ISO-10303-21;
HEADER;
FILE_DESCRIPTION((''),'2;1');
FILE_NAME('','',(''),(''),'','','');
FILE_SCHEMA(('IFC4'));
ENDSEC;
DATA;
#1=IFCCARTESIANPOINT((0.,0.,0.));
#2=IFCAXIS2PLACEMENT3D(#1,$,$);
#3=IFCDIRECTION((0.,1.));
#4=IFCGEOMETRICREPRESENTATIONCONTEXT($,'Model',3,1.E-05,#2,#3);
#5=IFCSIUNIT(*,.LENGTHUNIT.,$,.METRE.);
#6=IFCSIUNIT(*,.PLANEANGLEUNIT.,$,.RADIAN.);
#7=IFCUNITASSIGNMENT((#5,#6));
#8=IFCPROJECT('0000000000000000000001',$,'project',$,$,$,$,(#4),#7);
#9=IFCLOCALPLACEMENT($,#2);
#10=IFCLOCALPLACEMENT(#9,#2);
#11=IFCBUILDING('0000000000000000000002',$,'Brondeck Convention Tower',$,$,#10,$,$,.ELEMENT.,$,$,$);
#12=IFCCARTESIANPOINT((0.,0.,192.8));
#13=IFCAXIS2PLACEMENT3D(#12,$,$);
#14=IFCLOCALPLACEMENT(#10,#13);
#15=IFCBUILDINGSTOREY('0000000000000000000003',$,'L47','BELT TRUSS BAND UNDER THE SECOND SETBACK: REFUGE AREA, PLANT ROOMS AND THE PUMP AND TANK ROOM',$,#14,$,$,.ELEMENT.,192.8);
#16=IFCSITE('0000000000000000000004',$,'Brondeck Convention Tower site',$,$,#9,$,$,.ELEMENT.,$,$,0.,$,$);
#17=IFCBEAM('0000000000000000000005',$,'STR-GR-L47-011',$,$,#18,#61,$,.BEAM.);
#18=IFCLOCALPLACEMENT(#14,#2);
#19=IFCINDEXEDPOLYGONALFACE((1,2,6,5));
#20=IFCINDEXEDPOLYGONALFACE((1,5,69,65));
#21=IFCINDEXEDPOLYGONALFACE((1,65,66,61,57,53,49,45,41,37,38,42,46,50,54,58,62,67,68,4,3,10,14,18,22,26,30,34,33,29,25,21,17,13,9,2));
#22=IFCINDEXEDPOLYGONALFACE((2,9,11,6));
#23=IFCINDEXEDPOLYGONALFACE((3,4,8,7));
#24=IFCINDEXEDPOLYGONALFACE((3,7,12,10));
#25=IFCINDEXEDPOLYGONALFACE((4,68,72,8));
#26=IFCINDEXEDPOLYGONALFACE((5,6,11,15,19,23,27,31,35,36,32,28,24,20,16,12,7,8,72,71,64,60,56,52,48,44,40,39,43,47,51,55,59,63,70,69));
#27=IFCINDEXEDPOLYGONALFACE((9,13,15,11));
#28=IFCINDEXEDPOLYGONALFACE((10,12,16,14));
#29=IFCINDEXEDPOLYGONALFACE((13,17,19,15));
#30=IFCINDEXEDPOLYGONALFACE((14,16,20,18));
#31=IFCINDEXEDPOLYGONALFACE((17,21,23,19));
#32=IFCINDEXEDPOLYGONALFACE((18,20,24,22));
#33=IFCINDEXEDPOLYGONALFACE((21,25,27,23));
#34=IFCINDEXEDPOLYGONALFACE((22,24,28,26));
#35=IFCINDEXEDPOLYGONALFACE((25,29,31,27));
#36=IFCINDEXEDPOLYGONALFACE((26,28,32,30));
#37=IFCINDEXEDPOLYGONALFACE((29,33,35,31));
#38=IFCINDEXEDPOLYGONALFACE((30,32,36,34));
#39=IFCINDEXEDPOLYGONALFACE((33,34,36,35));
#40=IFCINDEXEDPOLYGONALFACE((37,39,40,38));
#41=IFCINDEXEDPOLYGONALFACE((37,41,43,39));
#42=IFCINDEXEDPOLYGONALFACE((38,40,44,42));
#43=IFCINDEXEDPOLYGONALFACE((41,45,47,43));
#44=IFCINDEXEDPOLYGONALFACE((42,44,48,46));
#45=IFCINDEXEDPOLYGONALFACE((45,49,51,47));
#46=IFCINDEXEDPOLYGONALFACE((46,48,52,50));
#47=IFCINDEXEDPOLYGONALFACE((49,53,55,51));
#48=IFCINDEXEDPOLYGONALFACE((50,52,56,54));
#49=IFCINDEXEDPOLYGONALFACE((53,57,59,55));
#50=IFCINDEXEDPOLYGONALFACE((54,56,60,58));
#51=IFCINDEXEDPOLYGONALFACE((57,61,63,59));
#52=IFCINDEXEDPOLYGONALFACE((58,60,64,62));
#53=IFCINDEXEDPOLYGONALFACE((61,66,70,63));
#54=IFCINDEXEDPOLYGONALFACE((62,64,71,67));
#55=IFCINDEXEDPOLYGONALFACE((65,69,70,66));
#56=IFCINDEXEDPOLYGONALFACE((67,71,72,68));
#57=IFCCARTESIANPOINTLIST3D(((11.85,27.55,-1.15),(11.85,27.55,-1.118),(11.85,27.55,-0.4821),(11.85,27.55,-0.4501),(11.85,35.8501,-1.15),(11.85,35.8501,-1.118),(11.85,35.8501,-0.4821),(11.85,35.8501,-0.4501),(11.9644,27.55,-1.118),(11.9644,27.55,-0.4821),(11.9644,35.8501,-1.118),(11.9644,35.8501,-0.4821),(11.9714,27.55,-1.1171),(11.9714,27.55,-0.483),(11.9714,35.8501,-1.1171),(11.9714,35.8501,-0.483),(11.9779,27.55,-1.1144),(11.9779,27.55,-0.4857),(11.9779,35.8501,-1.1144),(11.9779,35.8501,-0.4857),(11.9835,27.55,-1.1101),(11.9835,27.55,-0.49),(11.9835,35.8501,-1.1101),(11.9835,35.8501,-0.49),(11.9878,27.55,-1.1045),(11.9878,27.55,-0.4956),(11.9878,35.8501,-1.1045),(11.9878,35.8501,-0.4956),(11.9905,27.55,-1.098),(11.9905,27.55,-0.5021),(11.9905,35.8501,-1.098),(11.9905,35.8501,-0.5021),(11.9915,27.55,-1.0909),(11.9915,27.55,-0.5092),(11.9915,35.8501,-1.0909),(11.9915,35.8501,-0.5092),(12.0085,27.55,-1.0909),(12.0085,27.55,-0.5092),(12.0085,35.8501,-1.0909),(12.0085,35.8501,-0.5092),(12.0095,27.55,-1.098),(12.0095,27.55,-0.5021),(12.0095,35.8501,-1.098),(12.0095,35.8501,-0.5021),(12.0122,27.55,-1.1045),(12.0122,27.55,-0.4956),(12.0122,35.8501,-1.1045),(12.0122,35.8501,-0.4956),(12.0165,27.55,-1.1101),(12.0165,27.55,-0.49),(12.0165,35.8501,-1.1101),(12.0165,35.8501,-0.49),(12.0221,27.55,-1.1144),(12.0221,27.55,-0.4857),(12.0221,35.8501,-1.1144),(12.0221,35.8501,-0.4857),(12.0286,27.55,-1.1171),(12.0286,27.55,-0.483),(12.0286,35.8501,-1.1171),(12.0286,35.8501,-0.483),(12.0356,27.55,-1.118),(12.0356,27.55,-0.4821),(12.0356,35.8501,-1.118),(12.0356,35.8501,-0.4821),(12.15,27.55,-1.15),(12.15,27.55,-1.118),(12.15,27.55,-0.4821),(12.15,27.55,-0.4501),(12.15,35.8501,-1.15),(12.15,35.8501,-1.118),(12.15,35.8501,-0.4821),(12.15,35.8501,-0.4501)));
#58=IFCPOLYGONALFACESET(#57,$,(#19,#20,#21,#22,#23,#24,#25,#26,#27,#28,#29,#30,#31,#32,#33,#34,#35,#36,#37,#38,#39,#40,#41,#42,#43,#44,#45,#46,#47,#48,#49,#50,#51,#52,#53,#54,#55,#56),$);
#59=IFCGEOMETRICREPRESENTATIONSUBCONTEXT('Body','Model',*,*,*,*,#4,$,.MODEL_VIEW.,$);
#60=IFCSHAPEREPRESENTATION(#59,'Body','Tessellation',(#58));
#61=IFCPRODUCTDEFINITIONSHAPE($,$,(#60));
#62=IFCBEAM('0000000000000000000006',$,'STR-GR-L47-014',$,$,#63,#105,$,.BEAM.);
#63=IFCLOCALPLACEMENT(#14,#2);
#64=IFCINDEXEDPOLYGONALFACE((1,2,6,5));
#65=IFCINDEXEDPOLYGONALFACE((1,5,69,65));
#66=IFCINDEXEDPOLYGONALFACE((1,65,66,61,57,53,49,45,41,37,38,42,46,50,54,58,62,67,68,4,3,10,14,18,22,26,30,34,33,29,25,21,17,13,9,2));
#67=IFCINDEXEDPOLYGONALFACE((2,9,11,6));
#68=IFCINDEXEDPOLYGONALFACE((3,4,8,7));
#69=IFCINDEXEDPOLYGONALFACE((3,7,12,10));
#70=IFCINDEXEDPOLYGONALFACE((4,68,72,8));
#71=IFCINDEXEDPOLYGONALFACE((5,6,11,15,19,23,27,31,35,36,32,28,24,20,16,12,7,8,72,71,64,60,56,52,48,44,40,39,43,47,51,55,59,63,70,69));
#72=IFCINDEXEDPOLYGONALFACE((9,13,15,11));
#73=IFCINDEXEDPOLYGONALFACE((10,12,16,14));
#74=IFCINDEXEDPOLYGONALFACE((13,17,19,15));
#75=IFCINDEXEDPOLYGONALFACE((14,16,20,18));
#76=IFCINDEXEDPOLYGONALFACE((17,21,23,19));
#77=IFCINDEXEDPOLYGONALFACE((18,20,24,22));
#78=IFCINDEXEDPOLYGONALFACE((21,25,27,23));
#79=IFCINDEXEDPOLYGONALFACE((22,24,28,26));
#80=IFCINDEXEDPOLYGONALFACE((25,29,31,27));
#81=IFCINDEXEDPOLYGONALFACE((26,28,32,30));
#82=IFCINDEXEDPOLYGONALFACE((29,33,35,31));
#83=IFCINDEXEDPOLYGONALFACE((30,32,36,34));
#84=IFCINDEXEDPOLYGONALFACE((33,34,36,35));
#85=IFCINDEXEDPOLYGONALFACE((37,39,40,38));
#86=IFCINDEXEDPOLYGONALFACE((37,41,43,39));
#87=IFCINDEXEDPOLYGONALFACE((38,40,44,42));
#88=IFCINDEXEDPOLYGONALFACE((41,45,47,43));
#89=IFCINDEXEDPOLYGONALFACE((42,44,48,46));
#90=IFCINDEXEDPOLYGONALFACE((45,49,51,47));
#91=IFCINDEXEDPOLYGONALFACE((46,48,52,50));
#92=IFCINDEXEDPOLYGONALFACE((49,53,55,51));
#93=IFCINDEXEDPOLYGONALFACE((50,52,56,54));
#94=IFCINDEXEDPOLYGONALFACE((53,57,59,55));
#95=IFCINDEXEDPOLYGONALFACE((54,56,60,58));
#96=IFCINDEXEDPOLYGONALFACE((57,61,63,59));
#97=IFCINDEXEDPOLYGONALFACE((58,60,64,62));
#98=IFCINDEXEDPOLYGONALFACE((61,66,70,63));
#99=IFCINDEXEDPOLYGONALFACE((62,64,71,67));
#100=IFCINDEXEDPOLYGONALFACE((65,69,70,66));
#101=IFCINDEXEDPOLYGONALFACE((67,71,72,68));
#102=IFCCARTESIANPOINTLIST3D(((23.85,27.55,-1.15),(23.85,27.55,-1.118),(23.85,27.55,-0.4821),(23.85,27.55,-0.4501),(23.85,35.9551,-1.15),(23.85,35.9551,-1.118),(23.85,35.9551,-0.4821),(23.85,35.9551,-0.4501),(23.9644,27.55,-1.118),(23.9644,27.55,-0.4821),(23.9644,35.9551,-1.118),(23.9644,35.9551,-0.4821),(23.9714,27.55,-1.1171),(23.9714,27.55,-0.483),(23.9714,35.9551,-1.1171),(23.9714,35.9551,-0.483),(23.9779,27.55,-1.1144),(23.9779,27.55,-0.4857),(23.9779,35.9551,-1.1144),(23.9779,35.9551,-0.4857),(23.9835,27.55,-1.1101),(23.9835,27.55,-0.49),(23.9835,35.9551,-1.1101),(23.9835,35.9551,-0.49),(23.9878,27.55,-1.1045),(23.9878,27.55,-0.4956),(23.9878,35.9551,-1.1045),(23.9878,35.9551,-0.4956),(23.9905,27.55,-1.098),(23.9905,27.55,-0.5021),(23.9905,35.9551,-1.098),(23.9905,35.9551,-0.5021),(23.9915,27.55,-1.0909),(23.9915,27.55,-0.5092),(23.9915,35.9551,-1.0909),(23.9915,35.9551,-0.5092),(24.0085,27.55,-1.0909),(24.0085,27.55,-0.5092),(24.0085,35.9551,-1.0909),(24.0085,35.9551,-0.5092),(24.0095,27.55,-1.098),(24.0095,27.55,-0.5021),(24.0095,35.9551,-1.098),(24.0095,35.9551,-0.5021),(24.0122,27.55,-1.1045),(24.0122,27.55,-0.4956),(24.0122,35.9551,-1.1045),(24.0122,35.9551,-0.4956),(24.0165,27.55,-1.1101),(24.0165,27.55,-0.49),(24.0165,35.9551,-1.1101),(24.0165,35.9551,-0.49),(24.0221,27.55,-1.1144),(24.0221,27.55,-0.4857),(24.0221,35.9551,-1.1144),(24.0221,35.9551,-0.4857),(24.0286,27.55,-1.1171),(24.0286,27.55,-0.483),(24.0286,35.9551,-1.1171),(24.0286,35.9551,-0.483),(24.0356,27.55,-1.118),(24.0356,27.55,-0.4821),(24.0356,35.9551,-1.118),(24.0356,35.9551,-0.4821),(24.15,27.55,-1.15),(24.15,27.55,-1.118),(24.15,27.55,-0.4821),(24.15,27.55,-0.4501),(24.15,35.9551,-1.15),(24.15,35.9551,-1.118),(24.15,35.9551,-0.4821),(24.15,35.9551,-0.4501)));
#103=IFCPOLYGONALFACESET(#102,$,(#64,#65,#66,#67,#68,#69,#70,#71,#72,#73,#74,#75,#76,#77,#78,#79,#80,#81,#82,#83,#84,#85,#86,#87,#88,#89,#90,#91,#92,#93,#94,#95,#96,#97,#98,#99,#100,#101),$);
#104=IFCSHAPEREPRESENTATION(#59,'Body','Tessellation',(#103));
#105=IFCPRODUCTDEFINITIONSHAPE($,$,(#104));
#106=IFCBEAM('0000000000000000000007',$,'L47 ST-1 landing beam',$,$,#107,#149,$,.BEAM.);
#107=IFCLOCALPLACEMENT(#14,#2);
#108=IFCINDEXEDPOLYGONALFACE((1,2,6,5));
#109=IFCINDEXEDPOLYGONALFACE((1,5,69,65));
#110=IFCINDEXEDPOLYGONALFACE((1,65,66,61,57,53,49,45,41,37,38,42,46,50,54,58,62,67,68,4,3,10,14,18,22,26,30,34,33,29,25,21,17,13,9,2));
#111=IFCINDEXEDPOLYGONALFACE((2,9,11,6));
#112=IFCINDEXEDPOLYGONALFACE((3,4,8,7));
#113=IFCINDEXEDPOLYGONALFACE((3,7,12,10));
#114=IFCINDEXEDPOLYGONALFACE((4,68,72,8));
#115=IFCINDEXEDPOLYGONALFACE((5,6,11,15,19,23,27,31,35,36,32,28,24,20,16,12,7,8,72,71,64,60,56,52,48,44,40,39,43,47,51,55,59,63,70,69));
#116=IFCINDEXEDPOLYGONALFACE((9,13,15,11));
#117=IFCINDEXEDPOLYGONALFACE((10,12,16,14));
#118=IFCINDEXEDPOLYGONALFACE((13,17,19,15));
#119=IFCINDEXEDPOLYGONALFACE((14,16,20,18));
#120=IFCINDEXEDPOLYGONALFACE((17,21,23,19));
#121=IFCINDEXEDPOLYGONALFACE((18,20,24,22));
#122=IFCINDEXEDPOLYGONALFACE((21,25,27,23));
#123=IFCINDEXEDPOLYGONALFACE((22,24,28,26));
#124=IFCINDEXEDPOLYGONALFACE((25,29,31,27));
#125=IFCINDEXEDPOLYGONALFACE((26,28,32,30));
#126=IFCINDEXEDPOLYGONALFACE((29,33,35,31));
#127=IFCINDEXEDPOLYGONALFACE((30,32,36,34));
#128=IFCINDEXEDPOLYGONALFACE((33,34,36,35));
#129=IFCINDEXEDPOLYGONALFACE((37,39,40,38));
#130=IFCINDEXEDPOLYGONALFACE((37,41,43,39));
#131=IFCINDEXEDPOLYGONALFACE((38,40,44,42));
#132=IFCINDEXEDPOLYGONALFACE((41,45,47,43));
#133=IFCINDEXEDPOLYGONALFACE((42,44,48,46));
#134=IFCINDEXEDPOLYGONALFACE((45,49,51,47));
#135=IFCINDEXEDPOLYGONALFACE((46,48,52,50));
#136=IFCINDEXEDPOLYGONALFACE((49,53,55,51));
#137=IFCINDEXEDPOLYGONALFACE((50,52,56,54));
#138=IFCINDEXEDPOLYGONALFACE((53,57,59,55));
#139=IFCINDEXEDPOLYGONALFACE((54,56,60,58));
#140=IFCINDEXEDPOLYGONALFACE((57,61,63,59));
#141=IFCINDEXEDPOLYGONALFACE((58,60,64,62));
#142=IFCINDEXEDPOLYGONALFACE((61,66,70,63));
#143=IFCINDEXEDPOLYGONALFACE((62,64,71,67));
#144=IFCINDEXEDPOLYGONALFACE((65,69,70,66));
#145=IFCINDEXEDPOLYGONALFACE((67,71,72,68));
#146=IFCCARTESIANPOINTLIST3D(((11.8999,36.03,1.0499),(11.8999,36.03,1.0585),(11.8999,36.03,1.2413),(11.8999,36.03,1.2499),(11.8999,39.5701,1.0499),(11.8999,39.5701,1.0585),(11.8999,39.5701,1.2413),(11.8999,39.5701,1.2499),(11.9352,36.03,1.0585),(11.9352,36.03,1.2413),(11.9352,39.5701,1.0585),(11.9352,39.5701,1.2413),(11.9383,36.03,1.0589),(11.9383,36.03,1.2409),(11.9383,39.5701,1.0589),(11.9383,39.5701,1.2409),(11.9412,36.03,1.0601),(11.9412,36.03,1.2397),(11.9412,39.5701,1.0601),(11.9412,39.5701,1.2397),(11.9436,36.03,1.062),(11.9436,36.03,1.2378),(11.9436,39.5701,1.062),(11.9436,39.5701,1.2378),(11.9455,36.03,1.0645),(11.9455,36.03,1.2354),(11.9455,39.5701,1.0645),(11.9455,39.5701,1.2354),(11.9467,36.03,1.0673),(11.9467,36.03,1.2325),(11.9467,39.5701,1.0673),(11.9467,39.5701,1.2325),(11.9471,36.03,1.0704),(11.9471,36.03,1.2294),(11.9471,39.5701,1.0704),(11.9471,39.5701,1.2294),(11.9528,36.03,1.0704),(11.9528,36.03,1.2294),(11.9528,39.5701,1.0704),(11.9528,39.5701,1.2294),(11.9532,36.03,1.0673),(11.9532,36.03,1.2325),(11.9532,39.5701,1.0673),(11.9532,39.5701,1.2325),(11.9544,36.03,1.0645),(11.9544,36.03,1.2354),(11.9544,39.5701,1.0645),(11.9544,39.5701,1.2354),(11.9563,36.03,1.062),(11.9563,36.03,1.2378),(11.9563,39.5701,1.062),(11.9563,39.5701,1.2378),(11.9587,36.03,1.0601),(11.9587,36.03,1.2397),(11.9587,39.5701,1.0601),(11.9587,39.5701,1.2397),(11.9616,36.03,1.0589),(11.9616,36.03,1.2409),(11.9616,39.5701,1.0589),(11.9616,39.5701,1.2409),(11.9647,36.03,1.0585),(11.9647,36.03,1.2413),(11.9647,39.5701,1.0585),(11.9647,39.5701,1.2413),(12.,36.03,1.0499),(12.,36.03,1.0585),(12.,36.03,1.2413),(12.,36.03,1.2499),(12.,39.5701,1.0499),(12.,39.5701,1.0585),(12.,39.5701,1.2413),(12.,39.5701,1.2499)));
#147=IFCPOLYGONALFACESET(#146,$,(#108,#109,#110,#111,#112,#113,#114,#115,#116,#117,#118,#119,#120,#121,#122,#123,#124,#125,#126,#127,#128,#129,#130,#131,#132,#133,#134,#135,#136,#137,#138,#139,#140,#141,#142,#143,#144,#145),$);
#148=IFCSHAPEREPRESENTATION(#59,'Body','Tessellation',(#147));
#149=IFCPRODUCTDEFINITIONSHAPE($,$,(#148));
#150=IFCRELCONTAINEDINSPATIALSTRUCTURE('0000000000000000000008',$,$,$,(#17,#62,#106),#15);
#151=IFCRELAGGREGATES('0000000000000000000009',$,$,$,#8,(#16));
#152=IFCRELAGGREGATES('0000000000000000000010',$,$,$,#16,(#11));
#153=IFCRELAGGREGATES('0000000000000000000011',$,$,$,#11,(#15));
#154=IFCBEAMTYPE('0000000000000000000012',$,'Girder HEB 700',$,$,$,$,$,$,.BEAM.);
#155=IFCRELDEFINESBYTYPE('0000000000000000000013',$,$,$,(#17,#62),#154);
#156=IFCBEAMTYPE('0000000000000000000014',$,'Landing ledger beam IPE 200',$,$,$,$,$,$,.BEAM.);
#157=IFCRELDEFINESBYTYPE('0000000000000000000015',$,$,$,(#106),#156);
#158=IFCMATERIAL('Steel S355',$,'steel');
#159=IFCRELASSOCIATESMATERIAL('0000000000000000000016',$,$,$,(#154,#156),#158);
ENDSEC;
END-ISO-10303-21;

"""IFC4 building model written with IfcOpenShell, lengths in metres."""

from ifc_helpers import new_model, si_unit, direction, frame, origin, origin_2d, place, context, subcontext, project, spatial, i_section, extrude, material, material_profile, profile_set, type_object, element, save


model = new_model("IFC4")

# Units and contexts
model_context = context("Model", 3, precision=1e-05, world=origin(), true_north=direction((0.0, 1.0)))
body_context = subcontext(model_context, "Body", "Model", "MODEL_VIEW")
ifc_project = project(units=[si_unit("LENGTHUNIT", "METRE"), si_unit("PLANEANGLEUNIT", "RADIAN")], contexts=[model_context])

# Site, building, storey
site_placement = place(None, origin())
site = spatial("IfcSite", under=ifc_project, at=site_placement, Name="Brondeck Convention Tower site", CompositionType="ELEMENT", RefElevation=0.0)
building_placement = place(site_placement, origin())
building = spatial("IfcBuilding", under=site, at=building_placement, Name="Brondeck Convention Tower", CompositionType="ELEMENT")
storey_placement = place(building_placement, frame((0.0, 0.0, 192.8)))
storey = spatial("IfcBuildingStorey", under=building, at=storey_placement, Name="L47", Description="BELT TRUSS BAND UNDER THE SECOND SETBACK: REFUGE AREA, PLANT ROOMS AND THE PUMP AND TANK ROOM", CompositionType="ELEMENT", Elevation=192.8)

# Beams
ifc_material_1 = material(Name="Steel S355", Category="steel")
ifc_material_profile_1 = material_profile(ifc_material_1, i_section(OverallWidth=0.3, OverallDepth=0.7, WebThickness=0.0171, FlangeThickness=0.032, FilletRadius=0.0271, at=origin_2d()), Name="HEB 700")
ifc_profile_set_1 = profile_set([ifc_material_profile_1], Name="Steel S355")
beam_type_1 = type_object("IfcBeamType", Name="Girder HEB 700", PredefinedType="BEAM", material=ifc_profile_set_1)
beam_1_placement = place(storey_placement, frame((12.0, 35.8501, -0.8), z_axis=(0.0, -1.0, 0.0), x_axis=(1.0, 0.0, 0.0)))
element("IfcBeam", 1, at=beam_1_placement, inside=storey, type_object=beam_type_1, Name="STR-GR-L47-011", PredefinedType="BEAM", context=body_context, shape_type="SweptSolid", body=[
    extrude(i_section(OverallWidth=0.3, OverallDepth=0.7, WebThickness=0.0171, FlangeThickness=0.032, FilletRadius=0.0271, at=origin_2d()), origin(), (0.0, 0.0, 1.0), 8.3),
])
beam_2_placement = place(storey_placement, frame((24.0, 35.9551, -0.8), z_axis=(0.0, -1.0, 0.0), x_axis=(1.0, 0.0, 0.0)))
element("IfcBeam", 2, at=beam_2_placement, inside=storey, type_object=beam_type_1, Name="STR-GR-L47-014", PredefinedType="BEAM", context=body_context, shape_type="SweptSolid", body=[
    extrude(i_section(OverallWidth=0.3, OverallDepth=0.7, WebThickness=0.0171, FlangeThickness=0.032, FilletRadius=0.0271, at=origin_2d()), origin(), (0.0, 0.0, 1.0), 8.405),
])
ifc_material_profile_2 = material_profile(ifc_material_1, i_section(OverallWidth=0.1001, OverallDepth=0.2, WebThickness=0.0056, FlangeThickness=0.0085, FilletRadius=0.012, at=origin_2d()), Name="IPE200")
ifc_profile_set_2 = profile_set([ifc_material_profile_2], Name="Steel S355")
beam_type_2 = type_object("IfcBeamType", Name="Landing ledger beam IPE 200", PredefinedType="BEAM", material=ifc_profile_set_2)
beam_3_placement = place(storey_placement, frame((11.95, 36.03, 1.1499), z_axis=(0.0, 1.0, 0.0), x_axis=(-1.0, 0.0, 0.0)))
element("IfcBeam", 3, at=beam_3_placement, inside=storey, type_object=beam_type_2, Name="L47 ST-1 landing beam", PredefinedType="BEAM", context=body_context, shape_type="SweptSolid", body=[
    extrude(i_section(OverallWidth=0.1001, OverallDepth=0.2, WebThickness=0.0056, FlangeThickness=0.0085, FilletRadius=0.012, at=origin_2d()), origin(), (0.0, 0.0, 1.0), 3.54),
])

save(model, "model.ifc")
